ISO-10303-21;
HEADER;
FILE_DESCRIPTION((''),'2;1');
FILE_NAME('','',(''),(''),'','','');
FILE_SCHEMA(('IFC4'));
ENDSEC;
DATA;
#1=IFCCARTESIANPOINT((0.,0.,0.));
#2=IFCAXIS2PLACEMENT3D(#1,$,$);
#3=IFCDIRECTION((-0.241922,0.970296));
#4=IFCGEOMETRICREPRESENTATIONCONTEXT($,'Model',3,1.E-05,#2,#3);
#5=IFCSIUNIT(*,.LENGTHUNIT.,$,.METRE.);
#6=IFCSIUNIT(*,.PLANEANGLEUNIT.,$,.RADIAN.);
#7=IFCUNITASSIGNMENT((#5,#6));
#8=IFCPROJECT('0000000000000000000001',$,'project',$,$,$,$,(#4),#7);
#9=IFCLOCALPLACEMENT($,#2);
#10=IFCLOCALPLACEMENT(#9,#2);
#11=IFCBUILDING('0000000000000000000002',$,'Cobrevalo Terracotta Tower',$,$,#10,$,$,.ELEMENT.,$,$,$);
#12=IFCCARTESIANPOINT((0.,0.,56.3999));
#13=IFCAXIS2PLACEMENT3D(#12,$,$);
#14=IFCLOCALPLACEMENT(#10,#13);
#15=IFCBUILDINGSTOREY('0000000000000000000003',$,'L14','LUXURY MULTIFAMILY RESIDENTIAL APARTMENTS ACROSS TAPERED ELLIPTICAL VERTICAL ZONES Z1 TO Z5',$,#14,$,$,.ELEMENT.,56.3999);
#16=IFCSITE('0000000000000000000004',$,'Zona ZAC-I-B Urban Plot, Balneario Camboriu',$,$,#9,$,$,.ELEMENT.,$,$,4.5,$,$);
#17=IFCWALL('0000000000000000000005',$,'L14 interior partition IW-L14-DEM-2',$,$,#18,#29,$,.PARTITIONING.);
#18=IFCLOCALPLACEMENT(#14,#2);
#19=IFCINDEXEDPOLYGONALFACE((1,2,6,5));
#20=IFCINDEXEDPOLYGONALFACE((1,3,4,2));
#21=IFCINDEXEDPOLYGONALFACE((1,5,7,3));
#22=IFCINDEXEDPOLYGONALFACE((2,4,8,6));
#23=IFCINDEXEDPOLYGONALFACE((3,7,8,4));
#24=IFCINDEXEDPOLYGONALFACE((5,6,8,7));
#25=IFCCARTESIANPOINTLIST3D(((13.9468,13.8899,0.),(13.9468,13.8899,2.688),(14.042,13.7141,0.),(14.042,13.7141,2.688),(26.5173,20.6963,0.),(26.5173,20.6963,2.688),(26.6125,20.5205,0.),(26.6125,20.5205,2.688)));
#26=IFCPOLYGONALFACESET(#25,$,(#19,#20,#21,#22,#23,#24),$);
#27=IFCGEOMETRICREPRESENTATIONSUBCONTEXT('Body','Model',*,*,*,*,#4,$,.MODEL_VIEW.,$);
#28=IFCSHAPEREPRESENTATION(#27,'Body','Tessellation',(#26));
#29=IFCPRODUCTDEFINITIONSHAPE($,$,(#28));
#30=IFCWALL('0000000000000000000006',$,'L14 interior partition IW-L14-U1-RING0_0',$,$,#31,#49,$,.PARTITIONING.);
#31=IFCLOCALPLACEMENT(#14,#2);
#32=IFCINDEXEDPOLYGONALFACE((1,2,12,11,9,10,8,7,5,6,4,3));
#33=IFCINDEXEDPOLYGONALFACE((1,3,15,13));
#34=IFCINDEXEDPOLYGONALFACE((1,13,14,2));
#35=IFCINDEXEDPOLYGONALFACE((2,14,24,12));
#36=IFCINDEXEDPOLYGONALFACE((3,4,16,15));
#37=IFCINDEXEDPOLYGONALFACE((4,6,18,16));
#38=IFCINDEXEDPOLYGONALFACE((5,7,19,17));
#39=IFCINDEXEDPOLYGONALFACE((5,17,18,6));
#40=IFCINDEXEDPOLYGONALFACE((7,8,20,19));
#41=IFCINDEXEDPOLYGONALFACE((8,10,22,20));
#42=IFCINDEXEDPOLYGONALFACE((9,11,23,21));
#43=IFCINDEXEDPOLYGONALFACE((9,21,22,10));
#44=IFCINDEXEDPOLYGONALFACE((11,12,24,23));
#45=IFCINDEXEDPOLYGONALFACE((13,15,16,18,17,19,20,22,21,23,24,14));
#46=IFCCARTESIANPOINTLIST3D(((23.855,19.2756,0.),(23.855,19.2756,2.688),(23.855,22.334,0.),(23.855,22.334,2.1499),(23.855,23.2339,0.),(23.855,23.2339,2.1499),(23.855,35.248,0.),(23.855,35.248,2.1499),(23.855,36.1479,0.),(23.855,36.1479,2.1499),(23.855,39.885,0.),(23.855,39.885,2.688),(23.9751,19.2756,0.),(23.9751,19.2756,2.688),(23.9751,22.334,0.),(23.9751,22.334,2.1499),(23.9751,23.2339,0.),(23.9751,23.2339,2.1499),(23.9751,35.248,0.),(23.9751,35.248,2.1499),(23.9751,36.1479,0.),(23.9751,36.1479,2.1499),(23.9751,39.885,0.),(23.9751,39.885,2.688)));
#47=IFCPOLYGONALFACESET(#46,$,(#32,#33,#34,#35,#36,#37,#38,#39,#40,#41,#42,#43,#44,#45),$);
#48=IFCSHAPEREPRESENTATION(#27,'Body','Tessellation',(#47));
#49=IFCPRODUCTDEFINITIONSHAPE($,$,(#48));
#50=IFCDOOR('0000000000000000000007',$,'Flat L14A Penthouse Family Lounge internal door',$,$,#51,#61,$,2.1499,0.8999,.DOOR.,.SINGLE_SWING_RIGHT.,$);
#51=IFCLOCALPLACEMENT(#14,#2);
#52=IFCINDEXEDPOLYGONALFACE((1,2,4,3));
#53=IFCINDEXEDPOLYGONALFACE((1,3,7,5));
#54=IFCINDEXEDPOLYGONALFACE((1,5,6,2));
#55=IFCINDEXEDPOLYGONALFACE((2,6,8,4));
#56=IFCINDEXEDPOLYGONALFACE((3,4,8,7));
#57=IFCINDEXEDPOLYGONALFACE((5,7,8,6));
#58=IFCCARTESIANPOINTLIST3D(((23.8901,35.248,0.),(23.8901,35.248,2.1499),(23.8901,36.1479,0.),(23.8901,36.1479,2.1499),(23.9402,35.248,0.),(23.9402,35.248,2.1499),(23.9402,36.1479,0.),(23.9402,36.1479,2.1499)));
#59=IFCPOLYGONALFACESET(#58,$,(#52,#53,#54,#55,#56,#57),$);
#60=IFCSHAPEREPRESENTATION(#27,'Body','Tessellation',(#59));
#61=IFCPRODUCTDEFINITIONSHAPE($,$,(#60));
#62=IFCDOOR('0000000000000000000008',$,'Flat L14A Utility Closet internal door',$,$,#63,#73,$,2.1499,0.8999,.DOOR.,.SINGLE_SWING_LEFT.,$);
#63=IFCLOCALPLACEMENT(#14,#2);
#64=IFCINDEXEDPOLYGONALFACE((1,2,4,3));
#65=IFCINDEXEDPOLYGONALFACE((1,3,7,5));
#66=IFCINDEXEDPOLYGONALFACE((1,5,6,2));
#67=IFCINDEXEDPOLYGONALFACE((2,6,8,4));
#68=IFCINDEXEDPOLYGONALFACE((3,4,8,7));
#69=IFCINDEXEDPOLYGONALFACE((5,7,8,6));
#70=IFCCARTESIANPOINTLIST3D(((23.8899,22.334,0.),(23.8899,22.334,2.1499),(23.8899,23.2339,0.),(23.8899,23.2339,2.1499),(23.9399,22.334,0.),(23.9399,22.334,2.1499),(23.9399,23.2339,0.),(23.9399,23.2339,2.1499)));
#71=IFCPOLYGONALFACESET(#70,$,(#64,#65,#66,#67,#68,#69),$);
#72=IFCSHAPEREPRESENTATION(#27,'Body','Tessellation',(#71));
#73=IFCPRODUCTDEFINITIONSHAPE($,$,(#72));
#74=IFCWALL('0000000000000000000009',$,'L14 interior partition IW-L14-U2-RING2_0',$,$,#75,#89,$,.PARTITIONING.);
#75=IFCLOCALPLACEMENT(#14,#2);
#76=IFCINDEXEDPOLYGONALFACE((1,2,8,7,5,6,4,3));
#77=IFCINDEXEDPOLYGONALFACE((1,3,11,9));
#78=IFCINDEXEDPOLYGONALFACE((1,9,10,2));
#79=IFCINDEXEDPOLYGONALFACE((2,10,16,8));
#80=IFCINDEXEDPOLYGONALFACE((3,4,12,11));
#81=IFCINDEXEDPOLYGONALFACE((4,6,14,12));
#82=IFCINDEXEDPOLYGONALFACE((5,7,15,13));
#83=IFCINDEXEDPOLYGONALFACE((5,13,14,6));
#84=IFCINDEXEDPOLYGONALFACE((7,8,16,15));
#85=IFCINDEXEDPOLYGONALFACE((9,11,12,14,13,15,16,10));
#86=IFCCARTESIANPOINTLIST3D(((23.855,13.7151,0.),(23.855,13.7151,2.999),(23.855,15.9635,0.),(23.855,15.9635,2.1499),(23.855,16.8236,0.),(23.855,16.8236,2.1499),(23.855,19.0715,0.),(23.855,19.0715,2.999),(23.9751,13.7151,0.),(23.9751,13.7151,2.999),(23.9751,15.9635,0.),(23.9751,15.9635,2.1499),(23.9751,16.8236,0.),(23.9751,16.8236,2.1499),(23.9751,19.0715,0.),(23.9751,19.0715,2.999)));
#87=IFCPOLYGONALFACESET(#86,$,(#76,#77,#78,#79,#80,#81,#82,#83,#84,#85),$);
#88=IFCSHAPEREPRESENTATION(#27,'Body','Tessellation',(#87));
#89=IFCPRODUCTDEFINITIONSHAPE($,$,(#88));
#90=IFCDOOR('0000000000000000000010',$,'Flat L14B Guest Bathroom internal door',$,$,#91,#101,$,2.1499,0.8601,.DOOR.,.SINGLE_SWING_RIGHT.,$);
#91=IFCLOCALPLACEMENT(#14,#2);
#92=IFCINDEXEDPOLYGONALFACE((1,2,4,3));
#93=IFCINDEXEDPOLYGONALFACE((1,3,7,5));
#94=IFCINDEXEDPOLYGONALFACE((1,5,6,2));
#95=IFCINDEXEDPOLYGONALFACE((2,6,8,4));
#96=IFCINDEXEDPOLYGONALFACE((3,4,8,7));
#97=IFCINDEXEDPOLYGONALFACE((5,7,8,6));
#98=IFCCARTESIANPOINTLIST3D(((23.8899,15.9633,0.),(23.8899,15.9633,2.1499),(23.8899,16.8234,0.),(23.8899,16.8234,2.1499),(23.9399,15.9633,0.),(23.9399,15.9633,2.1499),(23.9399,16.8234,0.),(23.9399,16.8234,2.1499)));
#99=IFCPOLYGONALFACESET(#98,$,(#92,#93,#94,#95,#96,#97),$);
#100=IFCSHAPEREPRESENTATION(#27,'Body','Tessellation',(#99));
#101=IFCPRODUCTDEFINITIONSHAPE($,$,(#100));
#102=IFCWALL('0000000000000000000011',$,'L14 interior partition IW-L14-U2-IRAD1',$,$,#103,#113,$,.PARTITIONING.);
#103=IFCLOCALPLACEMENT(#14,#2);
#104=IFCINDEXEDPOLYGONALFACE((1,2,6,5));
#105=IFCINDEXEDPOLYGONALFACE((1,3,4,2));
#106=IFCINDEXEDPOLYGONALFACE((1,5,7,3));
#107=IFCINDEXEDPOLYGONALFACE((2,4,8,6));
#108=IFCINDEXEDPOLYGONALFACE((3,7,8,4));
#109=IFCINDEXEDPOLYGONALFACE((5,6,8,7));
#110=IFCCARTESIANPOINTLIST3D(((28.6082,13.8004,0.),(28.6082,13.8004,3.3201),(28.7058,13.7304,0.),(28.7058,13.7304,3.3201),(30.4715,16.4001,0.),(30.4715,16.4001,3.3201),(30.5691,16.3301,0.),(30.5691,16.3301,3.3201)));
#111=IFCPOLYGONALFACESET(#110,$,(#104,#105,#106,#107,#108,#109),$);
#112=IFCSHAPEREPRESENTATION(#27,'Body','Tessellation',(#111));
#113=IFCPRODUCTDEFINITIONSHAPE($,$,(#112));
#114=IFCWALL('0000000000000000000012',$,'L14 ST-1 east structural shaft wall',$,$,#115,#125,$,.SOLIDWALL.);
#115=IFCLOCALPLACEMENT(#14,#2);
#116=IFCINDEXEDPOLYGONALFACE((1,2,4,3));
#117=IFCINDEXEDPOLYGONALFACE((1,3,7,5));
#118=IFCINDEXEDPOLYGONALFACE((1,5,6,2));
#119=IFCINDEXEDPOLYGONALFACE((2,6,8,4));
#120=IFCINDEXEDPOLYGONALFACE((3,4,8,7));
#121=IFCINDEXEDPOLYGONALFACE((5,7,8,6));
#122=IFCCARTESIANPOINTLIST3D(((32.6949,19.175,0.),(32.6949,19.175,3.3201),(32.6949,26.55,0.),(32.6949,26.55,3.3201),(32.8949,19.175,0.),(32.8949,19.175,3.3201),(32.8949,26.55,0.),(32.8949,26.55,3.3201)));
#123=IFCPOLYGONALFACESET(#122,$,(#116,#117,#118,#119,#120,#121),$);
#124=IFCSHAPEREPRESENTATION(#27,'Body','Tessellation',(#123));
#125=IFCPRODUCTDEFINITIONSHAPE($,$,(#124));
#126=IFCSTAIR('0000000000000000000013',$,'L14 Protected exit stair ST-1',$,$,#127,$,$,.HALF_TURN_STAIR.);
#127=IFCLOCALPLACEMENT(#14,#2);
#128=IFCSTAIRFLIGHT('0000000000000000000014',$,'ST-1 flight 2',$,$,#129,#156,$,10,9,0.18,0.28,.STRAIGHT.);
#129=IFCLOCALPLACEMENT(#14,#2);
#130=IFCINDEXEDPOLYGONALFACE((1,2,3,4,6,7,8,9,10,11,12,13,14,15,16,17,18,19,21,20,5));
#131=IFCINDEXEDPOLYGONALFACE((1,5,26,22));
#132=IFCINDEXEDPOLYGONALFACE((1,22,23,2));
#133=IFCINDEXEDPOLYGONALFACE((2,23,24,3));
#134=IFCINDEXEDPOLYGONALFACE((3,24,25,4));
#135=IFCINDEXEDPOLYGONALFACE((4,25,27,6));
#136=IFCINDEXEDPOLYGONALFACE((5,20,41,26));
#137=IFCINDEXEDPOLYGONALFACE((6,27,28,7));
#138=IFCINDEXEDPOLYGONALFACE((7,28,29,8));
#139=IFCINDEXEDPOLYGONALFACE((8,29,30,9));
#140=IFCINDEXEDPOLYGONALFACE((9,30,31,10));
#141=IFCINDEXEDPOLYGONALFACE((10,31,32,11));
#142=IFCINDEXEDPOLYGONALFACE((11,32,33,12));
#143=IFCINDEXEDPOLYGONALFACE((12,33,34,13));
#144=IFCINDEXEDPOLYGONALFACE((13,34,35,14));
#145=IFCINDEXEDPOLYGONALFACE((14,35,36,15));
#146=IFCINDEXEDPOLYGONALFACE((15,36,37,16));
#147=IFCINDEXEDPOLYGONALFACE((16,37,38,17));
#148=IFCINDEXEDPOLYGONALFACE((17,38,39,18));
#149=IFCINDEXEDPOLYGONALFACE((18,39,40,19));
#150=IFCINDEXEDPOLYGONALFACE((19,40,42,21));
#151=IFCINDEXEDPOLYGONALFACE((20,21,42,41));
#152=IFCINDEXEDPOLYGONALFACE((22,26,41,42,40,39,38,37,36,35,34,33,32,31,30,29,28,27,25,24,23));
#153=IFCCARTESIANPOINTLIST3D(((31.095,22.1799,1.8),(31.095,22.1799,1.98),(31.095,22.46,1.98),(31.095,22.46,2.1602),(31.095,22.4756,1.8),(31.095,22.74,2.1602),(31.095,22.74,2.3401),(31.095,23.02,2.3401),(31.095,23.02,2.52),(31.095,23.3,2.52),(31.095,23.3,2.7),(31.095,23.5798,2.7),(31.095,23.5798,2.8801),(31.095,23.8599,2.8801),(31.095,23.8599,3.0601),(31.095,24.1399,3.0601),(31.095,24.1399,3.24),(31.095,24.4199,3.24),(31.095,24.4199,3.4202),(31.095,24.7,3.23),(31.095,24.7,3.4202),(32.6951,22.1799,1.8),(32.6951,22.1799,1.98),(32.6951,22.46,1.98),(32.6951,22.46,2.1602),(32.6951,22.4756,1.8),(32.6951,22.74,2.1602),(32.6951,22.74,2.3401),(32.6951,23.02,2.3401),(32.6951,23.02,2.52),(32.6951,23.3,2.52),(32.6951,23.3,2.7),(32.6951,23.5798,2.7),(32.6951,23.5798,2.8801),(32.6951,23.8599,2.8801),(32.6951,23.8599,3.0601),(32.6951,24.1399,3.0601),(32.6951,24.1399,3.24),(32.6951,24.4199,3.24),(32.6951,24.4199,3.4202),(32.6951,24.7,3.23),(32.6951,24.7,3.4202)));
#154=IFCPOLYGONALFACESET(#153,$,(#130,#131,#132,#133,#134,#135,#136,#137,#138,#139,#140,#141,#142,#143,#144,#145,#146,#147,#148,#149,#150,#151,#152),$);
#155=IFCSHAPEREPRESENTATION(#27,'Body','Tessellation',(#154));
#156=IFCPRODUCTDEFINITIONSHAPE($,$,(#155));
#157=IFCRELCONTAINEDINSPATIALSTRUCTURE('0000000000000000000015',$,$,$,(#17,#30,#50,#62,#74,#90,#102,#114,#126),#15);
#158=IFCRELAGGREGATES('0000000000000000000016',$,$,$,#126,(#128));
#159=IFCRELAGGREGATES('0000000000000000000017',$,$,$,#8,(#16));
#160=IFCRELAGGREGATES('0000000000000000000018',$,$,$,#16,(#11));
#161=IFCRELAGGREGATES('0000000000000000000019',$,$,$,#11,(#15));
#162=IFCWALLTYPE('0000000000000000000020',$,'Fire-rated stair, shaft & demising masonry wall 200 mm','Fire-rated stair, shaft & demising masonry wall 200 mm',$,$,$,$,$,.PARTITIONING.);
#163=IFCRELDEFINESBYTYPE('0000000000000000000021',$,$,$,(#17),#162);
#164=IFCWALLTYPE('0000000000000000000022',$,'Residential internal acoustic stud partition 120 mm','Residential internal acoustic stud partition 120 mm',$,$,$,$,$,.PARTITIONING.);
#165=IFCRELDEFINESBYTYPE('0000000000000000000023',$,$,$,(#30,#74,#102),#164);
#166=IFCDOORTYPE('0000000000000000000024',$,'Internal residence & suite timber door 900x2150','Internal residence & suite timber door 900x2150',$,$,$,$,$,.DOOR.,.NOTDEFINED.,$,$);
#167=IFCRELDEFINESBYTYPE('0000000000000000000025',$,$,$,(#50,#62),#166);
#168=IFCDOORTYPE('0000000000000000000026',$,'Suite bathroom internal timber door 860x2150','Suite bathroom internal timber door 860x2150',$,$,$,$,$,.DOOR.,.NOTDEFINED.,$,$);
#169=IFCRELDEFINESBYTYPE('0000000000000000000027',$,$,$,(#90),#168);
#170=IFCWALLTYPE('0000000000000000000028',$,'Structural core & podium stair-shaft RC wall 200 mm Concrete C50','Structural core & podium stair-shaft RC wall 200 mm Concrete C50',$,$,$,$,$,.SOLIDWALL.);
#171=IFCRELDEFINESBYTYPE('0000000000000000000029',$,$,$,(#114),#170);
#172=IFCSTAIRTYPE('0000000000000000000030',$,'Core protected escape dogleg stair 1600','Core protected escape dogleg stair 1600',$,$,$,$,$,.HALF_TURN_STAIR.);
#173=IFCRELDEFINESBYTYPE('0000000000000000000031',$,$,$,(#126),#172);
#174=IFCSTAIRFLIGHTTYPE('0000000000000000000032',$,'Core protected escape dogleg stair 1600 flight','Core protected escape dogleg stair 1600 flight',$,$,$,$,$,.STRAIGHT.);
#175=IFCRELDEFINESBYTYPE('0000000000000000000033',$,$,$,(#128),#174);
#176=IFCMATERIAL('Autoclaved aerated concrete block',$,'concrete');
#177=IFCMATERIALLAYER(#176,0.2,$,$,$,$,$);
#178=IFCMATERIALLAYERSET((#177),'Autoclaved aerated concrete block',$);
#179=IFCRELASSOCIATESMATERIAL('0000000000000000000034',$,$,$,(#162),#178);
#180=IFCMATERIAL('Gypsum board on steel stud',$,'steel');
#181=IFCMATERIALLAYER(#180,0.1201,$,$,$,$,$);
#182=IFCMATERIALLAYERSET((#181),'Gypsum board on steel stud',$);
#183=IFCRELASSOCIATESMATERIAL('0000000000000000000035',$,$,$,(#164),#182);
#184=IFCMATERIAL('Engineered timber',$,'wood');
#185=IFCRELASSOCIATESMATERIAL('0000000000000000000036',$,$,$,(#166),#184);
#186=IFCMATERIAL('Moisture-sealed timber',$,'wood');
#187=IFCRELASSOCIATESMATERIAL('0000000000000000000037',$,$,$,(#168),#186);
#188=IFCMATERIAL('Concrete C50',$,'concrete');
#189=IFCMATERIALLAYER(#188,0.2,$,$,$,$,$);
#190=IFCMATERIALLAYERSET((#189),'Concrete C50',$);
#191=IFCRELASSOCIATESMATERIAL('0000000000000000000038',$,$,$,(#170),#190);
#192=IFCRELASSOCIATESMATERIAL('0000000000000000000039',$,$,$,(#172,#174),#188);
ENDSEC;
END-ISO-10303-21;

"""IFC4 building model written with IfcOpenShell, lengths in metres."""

from ifc_helpers import new_model, si_unit, direction, frame, frame_2d, origin, place, context, subcontext, project, spatial, polyline, rectangle, outline, extrude, source, transform, mapped, material, layer, layer_set, type_object, element, fill, aggregate, save


model = new_model("IFC4")

# Units and contexts
model_context = context("Model", 3, precision=1e-05, world=origin(), true_north=direction((-0.241922, 0.970296)))
body_context = subcontext(model_context, "Body", "Model", "MODEL_VIEW")
ifc_project = project(units=[si_unit("LENGTHUNIT", "METRE"), si_unit("PLANEANGLEUNIT", "RADIAN")], contexts=[model_context])

# Site, building, storey
site_placement = place(None, origin())
site = spatial("IfcSite", under=ifc_project, at=site_placement, Name="Zona ZAC-I-B Urban Plot, Balneario Camboriu", CompositionType="ELEMENT", RefElevation=4.5)
building_placement = place(site_placement, origin())
building = spatial("IfcBuilding", under=site, at=building_placement, Name="Cobrevalo Terracotta Tower", CompositionType="ELEMENT")
storey_placement = place(building_placement, frame((0.0, 0.0, 56.3999)))
storey = spatial("IfcBuildingStorey", under=building, at=storey_placement, Name="L14", Description="LUXURY MULTIFAMILY RESIDENTIAL APARTMENTS ACROSS TAPERED ELLIPTICAL VERTICAL ZONES Z1 TO Z5", CompositionType="ELEMENT", Elevation=56.3999)

# Shared definitions
ifc_material_1 = material(Name="Gypsum board on steel stud", Category="steel")

# Wall
ifc_material_2 = material(Name="Autoclaved aerated concrete block", Category="concrete")
ifc_layer_1 = layer(ifc_material_2, 0.2)
ifc_layer_set_1 = layer_set([ifc_layer_1], Name="Autoclaved aerated concrete block")
wall_type_1 = type_object("IfcWallType", Name="Fire-rated stair, shaft & demising masonry wall 200 mm", Description="Fire-rated stair, shaft & demising masonry wall 200 mm", PredefinedType="PARTITIONING", material=ifc_layer_set_1)
wall_1_placement = place(storey_placement, frame((26.5649, 20.6084, 0.0), z_axis=(0.0, 0.0, 1.0), x_axis=(-0.87937, -0.47614, 0.0)))
element("IfcWall", 1, at=wall_1_placement, inside=storey, type_object=wall_type_1, Name="L14 interior partition IW-L14-DEM-2", PredefinedType="PARTITIONING", context=body_context, shape_type="SweptSolid", body=[
    extrude(rectangle(XDim=14.2949, YDim=0.2, at=frame_2d((7.1475, 0.0))), origin(), (0.0, 0.0, 1.0), 2.688),
])

# Wall, openings, doors
ifc_layer_2 = layer(ifc_material_1, 0.1201)
ifc_layer_set_2 = layer_set([ifc_layer_2], Name="Gypsum board on steel stud")
wall_type_2 = type_object("IfcWallType", Name="Residential internal acoustic stud partition 120 mm", Description="Residential internal acoustic stud partition 120 mm", PredefinedType="PARTITIONING", material=ifc_layer_set_2)
wall_2_placement = place(storey_placement, frame((23.915, 19.2756, 0.0), z_axis=(0.0, 0.0, 1.0), x_axis=(0.0, 1.0, 0.0)))
wall_2 = element("IfcWall", 2, at=wall_2_placement, inside=storey, type_object=wall_type_2, Name="L14 interior partition IW-L14-U1-RING0_0", PredefinedType="PARTITIONING", context=body_context, shape_type="SweptSolid", body=[
    extrude(rectangle(XDim=20.6094, YDim=0.1201, at=frame_2d((10.3047, 0.0))), origin(), (0.0, 0.0, 1.0), 2.688),
])
opening_1_placement = place(wall_2_placement, frame((15.9724, 0.0, 0.0)))
opening_1 = element("IfcOpeningElement", 3, at=opening_1_placement, cuts=wall_2, PredefinedType="OPENING", context=body_context, shape_type="SweptSolid", body=[
    extrude(rectangle(XDim=0.8999, YDim=2.1499, at=frame_2d((0.45, 1.075))), frame((0.0, 0.0701, 0.0), z_axis=(0.0, -1.0, 0.0), x_axis=(1.0, 0.0, 0.0)), (0.0, 0.0, 1.0), 0.1401),
])
opening_2_placement = place(wall_2_placement, frame((3.0583, 0.0, 0.0)))
opening_2 = element("IfcOpeningElement", 4, at=opening_2_placement, cuts=wall_2, PredefinedType="OPENING", context=body_context, shape_type="SweptSolid", body=[
    extrude(rectangle(XDim=0.8999, YDim=2.1499, at=frame_2d((0.45, 1.075))), frame((0.0, 0.0701, 0.0), z_axis=(0.0, -1.0, 0.0), x_axis=(1.0, 0.0, 0.0)), (0.0, 0.0, 1.0), 0.1401),
])
ifc_material_3 = material(Name="Engineered timber", Category="wood")
door_type_1 = type_object("IfcDoorType", Name="Internal residence & suite timber door 900x2150", Description="Internal residence & suite timber door 900x2150", OperationType="NOTDEFINED", PredefinedType="DOOR", material=ifc_material_3)
shared_shape_1 = source(origin(), body_context, "Body", "SweptSolid", [
    extrude(rectangle(XDim=0.8999, YDim=2.1499, at=frame_2d((0.45, 1.075))), frame((0.0, 0.0249, 0.0), z_axis=(0.0, -1.0, 0.0), x_axis=(1.0, 0.0, 0.0)), (0.0, 0.0, 1.0), 0.05),
])
door_1_placement = place(opening_1_placement, origin())
door_1 = element("IfcDoor", 5, at=door_1_placement, inside=storey, type_object=door_type_1, Name="Flat L14A Penthouse Family Lounge internal door", OperationType="SINGLE_SWING_RIGHT", OverallHeight=2.1499, OverallWidth=0.8999, PredefinedType="DOOR", context=body_context, shape_type="MappedRepresentation", body=[
    mapped(shared_shape_1, transform((0.0, 0.0, 0.0), scale=1.0)),
])
fill(opening_1, door_1)
door_2_placement = place(opening_2_placement, frame((0.8999, 0.0, 0.0), z_axis=(0.0, 0.0, 1.0), x_axis=(-1.0, 0.0, 0.0)))
door_2 = element("IfcDoor", 6, at=door_2_placement, inside=storey, type_object=door_type_1, Name="Flat L14A Utility Closet internal door", OperationType="SINGLE_SWING_LEFT", OverallHeight=2.1499, OverallWidth=0.8999, PredefinedType="DOOR", context=body_context, shape_type="MappedRepresentation", body=[
    mapped(shared_shape_1, transform((0.0, 0.0, 0.0), scale=1.0)),
])
fill(opening_2, door_2)

# Wall, opening, door
wall_3_placement = place(storey_placement, frame((23.915, 13.7151, 0.0), z_axis=(0.0, 0.0, 1.0), x_axis=(0.0, 1.0, 0.0)))
wall_3 = element("IfcWall", 7, at=wall_3_placement, inside=storey, type_object=wall_type_2, Name="L14 interior partition IW-L14-U2-RING2_0", PredefinedType="PARTITIONING", context=body_context, shape_type="SweptSolid", body=[
    extrude(rectangle(XDim=5.3564, YDim=0.1201, at=frame_2d((2.6782, 0.0))), origin(), (0.0, 0.0, 1.0), 2.999),
])
opening_3_placement = place(wall_3_placement, frame((2.2483, 0.0, 0.0)))
opening_3 = element("IfcOpeningElement", 8, at=opening_3_placement, cuts=wall_3, PredefinedType="OPENING", context=body_context, shape_type="SweptSolid", body=[
    extrude(rectangle(XDim=0.8601, YDim=2.1499, at=frame_2d((0.4302, 1.075))), frame((0.0, 0.0701, 0.0), z_axis=(0.0, -1.0, 0.0), x_axis=(1.0, 0.0, 0.0)), (0.0, 0.0, 1.0), 0.1401),
])
ifc_material_4 = material(Name="Moisture-sealed timber", Category="wood")
door_type_2 = type_object("IfcDoorType", Name="Suite bathroom internal timber door 860x2150", Description="Suite bathroom internal timber door 860x2150", OperationType="NOTDEFINED", PredefinedType="DOOR", material=ifc_material_4)
shared_shape_2 = source(origin(), body_context, "Body", "SweptSolid", [
    extrude(rectangle(XDim=0.8601, YDim=2.1499, at=frame_2d((0.4302, 1.075))), frame((0.0, 0.0249, 0.0), z_axis=(0.0, -1.0, 0.0), x_axis=(1.0, 0.0, 0.0)), (0.0, 0.0, 1.0), 0.05),
])
door_3_placement = place(opening_3_placement, frame((0.8601, 0.0, 0.0), z_axis=(0.0, 0.0, 1.0), x_axis=(-1.0, 0.0, 0.0)))
door_3 = element("IfcDoor", 9, at=door_3_placement, inside=storey, type_object=door_type_2, Name="Flat L14B Guest Bathroom internal door", OperationType="SINGLE_SWING_RIGHT", OverallHeight=2.1499, OverallWidth=0.8601, PredefinedType="DOOR", context=body_context, shape_type="MappedRepresentation", body=[
    mapped(shared_shape_2, transform((0.0, 0.0, 0.0), scale=1.0)),
])
fill(opening_3, door_3)

# Walls
wall_4_placement = place(storey_placement, frame((30.5203, 16.365, 0.0), z_axis=(0.0, 0.0, 1.0), x_axis=(-0.582566, -0.812783, 0.0)))
element("IfcWall", 10, at=wall_4_placement, inside=storey, type_object=wall_type_2, Name="L14 interior partition IW-L14-U2-IRAD1", PredefinedType="PARTITIONING", context=body_context, shape_type="SweptSolid", body=[
    extrude(rectangle(XDim=3.1985, YDim=0.1201, at=frame_2d((1.5991, 0.0))), origin(), (0.0, 0.0, 1.0), 3.3201),
])
ifc_material_5 = material(Name="Concrete C50", Category="concrete")
ifc_layer_3 = layer(ifc_material_5, 0.2)
ifc_layer_set_3 = layer_set([ifc_layer_3], Name="Concrete C50")
wall_type_3 = type_object("IfcWallType", Name="Structural core & podium stair-shaft RC wall 200 mm Concrete C50", Description="Structural core & podium stair-shaft RC wall 200 mm Concrete C50", PredefinedType="SOLIDWALL", material=ifc_layer_set_3)
wall_5_placement = place(storey_placement, frame((32.7949, 19.175, 0.0), z_axis=(0.0, 0.0, 1.0), x_axis=(0.0, 1.0, 0.0)))
element("IfcWall", 11, at=wall_5_placement, inside=storey, type_object=wall_type_3, Name="L14 ST-1 east structural shaft wall", PredefinedType="SOLIDWALL", context=body_context, shape_type="SweptSolid", body=[
    extrude(rectangle(XDim=7.375, YDim=0.2, at=frame_2d((3.6875, 0.0))), origin(), (0.0, 0.0, 1.0), 3.3201),
])

# Stair, stair flight
stair_type = type_object("IfcStairType", Name="Core protected escape dogleg stair 1600", Description="Core protected escape dogleg stair 1600", PredefinedType="HALF_TURN_STAIR", material=ifc_material_5)
stair_placement = place(storey_placement, origin())
stair = element("IfcStair", 12, at=stair_placement, inside=storey, type_object=stair_type, Name="L14 Protected exit stair ST-1", PredefinedType="HALF_TURN_STAIR")
stair_flight_type = type_object("IfcStairFlightType", Name="Core protected escape dogleg stair 1600 flight", Description="Core protected escape dogleg stair 1600 flight", PredefinedType="STRAIGHT", material=ifc_material_5)
stair_flight_placement = place(storey_placement, frame((31.895, 22.1799, 1.8), z_axis=(0.0, 0.0, 1.0), x_axis=(0.0, 1.0, 0.0)))
stair_flight = element("IfcStairFlight", 13, at=stair_flight_placement, type_object=stair_flight_type, Name="ST-1 flight 2", NumberOfRisers=10, NumberOfTreads=9, PredefinedType="STRAIGHT", RiserHeight=0.18, TreadLength=0.28, context=body_context, shape_type="SweptSolid", body=[
    extrude(outline(polyline([(0.0, 0.0), (0.0, 0.1799), (0.28, 0.1799), (0.28, 0.3601), (0.5601, 0.3601), (0.5601, 0.54), (0.8401, 0.54), (0.8401, 0.72), (1.1201, 0.72), (1.1201, 0.8999), (1.3999, 0.8999), (1.3999, 1.0801), (1.6799, 1.0801), (1.6799, 1.26), (1.96, 1.26), (1.96, 1.4399), (2.24, 1.4399), (2.24, 1.6201), (2.52, 1.6201), (2.52, 1.8), (2.52, 1.4299), (0.2957, 0.0), (0.0, 0.0)])), frame((0.0, 0.8, 0.0), z_axis=(0.0, -1.0, 0.0), x_axis=(1.0, 0.0, 0.0)), (0.0, 0.0, 1.0), 1.6001),
])
aggregate(stair, [stair_flight])

save(model, "model.ifc")
